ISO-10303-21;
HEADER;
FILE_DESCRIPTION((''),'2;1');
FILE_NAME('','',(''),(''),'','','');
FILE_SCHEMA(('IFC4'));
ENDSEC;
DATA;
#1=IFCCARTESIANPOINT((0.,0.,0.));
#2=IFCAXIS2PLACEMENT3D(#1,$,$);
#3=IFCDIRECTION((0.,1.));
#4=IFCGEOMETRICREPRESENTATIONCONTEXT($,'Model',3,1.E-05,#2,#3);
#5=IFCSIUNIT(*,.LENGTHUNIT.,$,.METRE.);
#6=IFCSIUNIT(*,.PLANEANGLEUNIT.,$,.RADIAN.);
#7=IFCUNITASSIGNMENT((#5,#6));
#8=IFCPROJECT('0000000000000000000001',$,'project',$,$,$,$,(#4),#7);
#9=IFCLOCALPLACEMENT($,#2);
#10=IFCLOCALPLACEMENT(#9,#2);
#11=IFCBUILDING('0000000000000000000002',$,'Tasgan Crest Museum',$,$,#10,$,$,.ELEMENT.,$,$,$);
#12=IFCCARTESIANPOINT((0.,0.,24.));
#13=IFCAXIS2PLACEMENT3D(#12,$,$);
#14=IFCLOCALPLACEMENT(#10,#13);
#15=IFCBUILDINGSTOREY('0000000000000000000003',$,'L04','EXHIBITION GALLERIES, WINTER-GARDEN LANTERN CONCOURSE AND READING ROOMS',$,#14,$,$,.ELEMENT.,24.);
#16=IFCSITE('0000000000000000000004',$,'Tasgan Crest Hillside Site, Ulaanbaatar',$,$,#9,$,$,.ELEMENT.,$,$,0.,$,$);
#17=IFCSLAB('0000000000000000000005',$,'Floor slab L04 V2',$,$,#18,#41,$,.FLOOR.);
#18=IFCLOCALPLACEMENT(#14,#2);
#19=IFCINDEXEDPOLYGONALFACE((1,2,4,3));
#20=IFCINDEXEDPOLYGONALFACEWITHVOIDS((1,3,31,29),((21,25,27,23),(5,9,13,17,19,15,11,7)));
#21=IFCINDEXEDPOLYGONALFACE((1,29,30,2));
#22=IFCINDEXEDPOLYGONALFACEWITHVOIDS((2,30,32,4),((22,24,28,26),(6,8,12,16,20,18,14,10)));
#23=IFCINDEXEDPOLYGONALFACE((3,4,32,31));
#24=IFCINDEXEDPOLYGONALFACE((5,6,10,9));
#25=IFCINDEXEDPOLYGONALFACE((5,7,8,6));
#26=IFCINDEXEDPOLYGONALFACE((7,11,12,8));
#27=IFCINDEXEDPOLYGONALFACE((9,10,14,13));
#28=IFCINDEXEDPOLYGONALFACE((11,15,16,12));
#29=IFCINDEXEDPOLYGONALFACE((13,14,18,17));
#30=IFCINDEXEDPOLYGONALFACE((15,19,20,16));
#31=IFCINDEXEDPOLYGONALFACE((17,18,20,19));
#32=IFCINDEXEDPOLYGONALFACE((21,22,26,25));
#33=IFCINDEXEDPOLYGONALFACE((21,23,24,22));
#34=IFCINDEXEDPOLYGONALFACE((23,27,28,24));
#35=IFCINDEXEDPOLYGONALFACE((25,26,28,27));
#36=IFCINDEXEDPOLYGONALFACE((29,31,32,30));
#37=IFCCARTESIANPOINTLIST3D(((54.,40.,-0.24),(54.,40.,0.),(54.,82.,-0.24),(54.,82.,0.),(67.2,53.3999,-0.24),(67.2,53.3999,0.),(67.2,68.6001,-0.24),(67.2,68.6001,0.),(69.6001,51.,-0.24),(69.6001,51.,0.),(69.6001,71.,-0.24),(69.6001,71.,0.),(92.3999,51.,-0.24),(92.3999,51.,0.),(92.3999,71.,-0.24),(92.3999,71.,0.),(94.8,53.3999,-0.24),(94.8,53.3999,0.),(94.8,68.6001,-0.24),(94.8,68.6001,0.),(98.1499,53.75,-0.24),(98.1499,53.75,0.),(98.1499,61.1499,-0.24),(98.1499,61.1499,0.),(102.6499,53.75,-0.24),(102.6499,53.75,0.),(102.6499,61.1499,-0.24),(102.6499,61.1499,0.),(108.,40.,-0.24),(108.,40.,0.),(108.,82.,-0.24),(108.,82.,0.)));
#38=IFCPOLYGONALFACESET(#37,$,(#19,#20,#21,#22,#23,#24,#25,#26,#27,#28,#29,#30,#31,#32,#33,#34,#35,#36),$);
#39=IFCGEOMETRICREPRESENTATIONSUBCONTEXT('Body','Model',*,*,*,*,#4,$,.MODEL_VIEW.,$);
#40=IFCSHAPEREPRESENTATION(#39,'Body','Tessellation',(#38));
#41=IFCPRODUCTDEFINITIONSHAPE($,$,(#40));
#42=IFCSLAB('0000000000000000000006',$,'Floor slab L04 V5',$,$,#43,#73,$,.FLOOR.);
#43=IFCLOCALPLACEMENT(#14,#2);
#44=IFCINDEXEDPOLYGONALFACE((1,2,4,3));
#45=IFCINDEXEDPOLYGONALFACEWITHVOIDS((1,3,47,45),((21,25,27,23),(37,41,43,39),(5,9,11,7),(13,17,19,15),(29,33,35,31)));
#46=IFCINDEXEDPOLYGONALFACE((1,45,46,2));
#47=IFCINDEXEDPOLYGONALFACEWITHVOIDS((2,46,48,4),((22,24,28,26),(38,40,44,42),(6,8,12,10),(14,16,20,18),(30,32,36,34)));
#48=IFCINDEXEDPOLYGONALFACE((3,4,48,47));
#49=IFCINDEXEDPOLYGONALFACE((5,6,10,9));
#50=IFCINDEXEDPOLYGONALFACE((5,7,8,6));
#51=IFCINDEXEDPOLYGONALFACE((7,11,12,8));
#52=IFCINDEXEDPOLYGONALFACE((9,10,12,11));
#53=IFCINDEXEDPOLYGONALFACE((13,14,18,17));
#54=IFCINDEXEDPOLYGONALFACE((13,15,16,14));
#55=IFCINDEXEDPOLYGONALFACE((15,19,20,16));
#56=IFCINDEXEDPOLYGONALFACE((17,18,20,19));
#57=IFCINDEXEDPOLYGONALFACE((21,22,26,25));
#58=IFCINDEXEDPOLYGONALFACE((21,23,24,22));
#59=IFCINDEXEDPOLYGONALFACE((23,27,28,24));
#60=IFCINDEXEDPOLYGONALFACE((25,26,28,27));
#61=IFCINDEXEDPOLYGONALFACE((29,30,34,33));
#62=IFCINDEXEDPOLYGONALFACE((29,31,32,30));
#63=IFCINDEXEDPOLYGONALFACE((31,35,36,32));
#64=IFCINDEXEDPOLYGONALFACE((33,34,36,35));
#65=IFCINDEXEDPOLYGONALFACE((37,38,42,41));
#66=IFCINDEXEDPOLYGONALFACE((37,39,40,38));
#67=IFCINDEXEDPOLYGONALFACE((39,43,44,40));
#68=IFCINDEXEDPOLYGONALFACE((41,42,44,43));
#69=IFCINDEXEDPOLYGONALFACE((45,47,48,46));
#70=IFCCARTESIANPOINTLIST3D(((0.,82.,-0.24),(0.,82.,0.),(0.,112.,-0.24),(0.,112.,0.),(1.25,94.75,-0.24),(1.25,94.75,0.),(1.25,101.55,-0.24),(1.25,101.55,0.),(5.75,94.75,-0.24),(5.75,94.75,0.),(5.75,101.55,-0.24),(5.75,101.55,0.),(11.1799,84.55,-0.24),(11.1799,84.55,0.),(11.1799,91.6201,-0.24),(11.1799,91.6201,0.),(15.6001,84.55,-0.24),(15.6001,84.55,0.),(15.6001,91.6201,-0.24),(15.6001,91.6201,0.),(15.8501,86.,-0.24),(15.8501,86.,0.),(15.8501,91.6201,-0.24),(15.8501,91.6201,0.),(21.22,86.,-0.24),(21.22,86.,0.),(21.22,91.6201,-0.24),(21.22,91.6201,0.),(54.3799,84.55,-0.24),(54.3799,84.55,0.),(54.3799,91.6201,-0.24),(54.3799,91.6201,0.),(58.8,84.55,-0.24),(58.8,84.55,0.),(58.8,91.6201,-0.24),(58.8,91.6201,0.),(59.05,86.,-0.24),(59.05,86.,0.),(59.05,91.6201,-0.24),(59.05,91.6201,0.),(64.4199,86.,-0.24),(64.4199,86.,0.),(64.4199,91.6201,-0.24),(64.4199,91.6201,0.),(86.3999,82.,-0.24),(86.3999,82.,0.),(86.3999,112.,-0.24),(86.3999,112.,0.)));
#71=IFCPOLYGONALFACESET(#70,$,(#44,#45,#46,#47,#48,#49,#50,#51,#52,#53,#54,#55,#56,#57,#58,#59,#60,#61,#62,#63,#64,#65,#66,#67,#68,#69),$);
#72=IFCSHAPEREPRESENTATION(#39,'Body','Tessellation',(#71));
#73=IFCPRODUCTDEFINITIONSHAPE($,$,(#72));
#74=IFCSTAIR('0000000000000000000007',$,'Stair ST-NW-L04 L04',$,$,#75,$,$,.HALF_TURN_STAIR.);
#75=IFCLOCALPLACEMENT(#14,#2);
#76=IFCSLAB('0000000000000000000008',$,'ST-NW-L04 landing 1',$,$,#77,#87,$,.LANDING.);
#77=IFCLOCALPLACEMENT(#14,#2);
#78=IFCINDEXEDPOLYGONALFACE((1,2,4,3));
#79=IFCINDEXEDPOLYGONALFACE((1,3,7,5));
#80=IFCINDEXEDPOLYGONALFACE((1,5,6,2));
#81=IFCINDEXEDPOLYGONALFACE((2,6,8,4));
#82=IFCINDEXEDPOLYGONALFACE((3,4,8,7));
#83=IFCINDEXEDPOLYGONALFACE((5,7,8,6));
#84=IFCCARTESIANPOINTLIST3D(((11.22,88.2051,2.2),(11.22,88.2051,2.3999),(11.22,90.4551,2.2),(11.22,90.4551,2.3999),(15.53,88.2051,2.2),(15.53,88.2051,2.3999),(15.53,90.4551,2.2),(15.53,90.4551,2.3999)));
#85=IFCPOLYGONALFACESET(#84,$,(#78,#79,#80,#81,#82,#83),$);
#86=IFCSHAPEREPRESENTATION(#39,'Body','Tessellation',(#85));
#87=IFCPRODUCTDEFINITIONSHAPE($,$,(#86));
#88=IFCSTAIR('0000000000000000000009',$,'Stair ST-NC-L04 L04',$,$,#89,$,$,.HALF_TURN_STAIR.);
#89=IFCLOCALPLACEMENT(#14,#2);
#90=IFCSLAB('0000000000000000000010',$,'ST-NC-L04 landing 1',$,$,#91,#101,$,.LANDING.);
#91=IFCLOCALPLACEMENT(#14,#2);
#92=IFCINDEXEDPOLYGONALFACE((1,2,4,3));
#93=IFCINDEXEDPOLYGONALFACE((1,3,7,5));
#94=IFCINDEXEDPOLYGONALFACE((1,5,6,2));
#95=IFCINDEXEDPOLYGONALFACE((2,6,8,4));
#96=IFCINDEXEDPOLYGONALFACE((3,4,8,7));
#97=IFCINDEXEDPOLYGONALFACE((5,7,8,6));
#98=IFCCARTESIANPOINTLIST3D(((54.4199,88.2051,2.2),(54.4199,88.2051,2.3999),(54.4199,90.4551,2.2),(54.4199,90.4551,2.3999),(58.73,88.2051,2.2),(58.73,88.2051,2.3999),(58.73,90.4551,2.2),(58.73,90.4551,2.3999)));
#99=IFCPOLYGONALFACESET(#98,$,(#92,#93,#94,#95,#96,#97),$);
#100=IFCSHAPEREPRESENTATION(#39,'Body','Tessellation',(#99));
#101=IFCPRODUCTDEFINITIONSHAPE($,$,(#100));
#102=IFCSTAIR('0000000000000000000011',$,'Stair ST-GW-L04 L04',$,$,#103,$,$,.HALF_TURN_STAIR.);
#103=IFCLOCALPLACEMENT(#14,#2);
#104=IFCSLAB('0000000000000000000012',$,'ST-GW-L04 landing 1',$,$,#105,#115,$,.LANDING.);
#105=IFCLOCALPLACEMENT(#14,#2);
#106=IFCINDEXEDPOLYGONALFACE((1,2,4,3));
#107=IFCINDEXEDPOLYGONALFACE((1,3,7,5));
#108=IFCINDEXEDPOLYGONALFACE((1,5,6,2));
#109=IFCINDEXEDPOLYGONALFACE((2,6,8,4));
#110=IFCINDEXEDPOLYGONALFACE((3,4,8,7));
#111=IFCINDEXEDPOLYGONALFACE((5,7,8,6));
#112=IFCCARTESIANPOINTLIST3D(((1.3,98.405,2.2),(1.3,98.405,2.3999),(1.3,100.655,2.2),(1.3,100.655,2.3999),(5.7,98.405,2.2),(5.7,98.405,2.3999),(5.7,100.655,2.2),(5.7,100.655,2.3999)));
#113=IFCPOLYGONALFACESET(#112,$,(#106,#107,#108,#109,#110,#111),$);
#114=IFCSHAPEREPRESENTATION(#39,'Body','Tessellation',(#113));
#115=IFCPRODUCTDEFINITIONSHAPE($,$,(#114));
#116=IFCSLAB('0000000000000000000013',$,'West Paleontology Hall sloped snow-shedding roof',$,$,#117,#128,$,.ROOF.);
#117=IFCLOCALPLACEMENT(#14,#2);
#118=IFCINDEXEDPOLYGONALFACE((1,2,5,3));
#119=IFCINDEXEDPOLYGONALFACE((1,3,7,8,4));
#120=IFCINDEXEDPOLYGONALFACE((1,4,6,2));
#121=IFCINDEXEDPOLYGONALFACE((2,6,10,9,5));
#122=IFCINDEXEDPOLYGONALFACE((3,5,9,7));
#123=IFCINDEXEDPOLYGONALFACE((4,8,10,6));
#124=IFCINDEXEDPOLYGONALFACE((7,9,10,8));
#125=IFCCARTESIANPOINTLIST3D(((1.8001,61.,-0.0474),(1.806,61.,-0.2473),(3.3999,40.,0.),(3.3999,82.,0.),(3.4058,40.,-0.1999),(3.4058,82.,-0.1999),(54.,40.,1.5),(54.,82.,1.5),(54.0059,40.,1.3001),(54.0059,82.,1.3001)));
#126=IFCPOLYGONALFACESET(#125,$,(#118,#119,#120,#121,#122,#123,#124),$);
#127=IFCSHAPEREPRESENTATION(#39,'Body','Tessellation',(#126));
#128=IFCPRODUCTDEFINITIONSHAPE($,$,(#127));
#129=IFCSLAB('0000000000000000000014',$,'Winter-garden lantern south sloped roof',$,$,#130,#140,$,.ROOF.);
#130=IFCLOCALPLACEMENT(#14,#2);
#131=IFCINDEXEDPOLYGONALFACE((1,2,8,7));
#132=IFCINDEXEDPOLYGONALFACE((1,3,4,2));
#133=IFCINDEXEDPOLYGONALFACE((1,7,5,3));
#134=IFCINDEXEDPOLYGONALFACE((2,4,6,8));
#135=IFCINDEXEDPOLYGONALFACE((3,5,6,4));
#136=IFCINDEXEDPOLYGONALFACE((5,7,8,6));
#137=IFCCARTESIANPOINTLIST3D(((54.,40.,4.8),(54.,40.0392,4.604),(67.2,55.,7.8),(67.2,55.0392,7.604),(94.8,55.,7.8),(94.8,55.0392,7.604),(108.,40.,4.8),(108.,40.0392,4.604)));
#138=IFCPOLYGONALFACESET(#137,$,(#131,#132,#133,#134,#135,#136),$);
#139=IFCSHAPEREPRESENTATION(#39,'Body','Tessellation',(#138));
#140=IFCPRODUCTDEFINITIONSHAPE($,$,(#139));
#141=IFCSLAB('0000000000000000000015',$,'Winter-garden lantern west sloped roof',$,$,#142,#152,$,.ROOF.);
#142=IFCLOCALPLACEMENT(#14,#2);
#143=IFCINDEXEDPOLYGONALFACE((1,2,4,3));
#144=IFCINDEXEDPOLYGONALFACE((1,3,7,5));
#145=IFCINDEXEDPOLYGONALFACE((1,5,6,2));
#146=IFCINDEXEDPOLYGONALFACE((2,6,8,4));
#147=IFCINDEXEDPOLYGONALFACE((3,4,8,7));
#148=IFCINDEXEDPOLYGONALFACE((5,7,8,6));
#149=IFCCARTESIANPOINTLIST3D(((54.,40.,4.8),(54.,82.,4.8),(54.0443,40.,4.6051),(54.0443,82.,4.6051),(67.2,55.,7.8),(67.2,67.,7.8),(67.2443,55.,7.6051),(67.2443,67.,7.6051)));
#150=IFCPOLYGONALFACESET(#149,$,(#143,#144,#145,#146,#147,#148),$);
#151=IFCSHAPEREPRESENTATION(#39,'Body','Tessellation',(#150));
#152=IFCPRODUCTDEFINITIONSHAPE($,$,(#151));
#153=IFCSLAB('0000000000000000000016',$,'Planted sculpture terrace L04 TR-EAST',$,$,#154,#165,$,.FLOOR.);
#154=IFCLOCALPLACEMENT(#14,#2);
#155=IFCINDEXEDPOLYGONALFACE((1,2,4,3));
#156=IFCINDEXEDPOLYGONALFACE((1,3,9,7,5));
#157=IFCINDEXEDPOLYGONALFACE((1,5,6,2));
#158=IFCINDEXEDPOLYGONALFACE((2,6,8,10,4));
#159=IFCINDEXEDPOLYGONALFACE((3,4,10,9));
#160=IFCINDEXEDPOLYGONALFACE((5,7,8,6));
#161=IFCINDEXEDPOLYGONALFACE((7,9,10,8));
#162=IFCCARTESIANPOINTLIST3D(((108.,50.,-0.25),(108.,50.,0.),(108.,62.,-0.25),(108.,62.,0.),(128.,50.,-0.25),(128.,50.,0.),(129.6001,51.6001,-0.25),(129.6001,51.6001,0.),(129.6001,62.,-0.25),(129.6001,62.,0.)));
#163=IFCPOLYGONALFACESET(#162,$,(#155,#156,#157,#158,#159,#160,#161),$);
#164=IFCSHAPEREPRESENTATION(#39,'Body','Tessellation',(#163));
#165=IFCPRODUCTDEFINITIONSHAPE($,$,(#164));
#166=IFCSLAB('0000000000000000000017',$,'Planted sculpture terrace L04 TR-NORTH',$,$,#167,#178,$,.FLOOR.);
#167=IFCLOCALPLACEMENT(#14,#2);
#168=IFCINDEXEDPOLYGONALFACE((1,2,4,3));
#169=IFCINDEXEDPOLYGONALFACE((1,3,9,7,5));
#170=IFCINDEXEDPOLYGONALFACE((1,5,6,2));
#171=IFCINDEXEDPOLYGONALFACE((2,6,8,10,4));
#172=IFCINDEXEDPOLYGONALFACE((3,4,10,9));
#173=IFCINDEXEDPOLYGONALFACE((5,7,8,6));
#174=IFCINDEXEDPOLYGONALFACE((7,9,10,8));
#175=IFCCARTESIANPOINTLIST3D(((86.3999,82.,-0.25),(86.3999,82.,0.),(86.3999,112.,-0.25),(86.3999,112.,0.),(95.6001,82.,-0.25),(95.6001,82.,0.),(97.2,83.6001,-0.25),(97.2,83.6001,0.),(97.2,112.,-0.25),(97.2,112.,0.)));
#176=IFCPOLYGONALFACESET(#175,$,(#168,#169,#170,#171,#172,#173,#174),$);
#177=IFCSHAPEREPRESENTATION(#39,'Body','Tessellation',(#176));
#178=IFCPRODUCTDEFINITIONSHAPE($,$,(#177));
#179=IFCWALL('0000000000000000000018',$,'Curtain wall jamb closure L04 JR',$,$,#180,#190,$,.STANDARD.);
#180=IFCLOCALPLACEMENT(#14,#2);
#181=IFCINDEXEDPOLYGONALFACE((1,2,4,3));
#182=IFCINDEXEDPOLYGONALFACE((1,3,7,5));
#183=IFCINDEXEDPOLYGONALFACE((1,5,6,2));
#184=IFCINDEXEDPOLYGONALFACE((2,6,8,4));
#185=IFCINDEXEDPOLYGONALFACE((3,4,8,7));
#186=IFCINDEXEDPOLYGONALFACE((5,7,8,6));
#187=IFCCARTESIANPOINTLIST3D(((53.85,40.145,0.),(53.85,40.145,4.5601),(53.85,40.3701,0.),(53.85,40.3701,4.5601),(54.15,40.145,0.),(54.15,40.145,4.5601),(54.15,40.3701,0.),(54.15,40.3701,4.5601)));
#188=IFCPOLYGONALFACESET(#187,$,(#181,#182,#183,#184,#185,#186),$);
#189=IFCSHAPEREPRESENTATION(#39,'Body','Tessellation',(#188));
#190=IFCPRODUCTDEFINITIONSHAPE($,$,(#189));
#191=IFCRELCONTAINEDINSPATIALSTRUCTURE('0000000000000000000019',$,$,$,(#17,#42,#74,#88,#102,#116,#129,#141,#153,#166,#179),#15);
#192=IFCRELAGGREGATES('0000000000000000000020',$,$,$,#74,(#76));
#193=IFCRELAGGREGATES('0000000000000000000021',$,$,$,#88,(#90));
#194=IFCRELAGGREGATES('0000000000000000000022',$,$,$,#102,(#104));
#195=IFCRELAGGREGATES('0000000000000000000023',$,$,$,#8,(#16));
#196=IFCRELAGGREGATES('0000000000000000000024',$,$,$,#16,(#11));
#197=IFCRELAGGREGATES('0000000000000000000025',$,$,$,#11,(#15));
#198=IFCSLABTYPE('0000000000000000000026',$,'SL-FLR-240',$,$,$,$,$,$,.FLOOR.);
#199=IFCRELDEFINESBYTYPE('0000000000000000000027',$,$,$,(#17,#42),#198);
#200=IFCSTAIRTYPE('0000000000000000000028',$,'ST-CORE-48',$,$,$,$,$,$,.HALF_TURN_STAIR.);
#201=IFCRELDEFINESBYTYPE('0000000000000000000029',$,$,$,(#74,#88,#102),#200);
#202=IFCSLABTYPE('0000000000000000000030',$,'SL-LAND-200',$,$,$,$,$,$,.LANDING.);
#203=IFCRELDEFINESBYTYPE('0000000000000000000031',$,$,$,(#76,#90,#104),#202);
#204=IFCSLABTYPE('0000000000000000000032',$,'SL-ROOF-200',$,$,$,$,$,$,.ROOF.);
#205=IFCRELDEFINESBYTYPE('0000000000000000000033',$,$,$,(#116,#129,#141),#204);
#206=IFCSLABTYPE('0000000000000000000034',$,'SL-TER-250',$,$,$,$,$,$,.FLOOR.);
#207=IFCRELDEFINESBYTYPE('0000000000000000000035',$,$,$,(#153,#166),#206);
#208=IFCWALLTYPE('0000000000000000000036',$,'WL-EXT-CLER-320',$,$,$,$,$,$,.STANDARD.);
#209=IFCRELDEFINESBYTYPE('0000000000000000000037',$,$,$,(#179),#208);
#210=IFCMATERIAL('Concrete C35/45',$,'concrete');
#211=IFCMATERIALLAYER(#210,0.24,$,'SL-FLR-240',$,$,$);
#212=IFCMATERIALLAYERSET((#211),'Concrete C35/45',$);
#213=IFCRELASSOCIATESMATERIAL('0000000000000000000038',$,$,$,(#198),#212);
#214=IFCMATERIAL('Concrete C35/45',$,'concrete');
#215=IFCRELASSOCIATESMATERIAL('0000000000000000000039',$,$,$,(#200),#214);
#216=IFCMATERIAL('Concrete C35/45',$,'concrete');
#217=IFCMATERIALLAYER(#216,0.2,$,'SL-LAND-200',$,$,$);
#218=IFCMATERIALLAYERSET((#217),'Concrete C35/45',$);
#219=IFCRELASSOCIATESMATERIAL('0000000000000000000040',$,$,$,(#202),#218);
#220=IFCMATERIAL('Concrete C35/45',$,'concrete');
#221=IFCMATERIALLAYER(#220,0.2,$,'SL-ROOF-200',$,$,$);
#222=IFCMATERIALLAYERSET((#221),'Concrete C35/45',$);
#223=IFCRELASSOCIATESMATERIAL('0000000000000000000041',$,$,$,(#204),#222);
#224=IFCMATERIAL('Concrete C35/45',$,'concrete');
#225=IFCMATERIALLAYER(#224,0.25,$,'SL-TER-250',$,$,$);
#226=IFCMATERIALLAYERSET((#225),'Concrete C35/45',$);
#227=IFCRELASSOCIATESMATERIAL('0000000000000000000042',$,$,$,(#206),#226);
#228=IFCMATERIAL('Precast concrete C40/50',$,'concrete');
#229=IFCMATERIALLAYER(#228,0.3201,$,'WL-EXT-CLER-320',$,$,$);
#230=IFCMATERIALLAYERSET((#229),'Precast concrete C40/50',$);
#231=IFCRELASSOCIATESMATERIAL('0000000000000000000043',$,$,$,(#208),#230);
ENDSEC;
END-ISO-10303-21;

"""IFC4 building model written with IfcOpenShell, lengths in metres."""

from ifc_helpers import new_model, si_unit, direction, frame, frame_2d, origin, place, context, subcontext, project, spatial, polyline, rectangle, outline, extrude, material, layer, layer_set, type_object, element, aggregate, save


model = new_model("IFC4")

# Units and contexts
model_context = context("Model", 3, precision=1e-05, world=origin(), true_north=direction((0.0, 1.0)))
body_context = subcontext(model_context, "Body", "Model", "MODEL_VIEW")
ifc_project = project(units=[si_unit("LENGTHUNIT", "METRE"), si_unit("PLANEANGLEUNIT", "RADIAN")], contexts=[model_context])

# Site, building, storey
site_placement = place(None, origin())
site = spatial("IfcSite", under=ifc_project, at=site_placement, Name="Tasgan Crest Hillside Site, Ulaanbaatar", CompositionType="ELEMENT", RefElevation=0.0)
building_placement = place(site_placement, origin())
building = spatial("IfcBuilding", under=site, at=building_placement, Name="Tasgan Crest Museum", CompositionType="ELEMENT")
storey_placement = place(building_placement, frame((0.0, 0.0, 24.0)))
storey = spatial("IfcBuildingStorey", under=building, at=storey_placement, Name="L04", Description="EXHIBITION GALLERIES, WINTER-GARDEN LANTERN CONCOURSE AND READING ROOMS", CompositionType="ELEMENT", Elevation=24.0)

# Slabs
ifc_material_1 = material(Name="Concrete C35/45", Category="concrete")
ifc_layer_1 = layer(ifc_material_1, 0.24, Name="SL-FLR-240")
ifc_layer_set_1 = layer_set([ifc_layer_1], Name="Concrete C35/45")
slab_type_1 = type_object("IfcSlabType", Name="SL-FLR-240", PredefinedType="FLOOR", material=ifc_layer_set_1)
slab_1_placement = place(storey_placement, frame((0.0, 0.0, -0.24)))
element("IfcSlab", 1, at=slab_1_placement, inside=storey, type_object=slab_type_1, Name="Floor slab L04 V2", PredefinedType="FLOOR", context=body_context, shape_type="SweptSolid", body=[
    extrude(outline(polyline([(54.0, 40.0), (108.0, 40.0), (108.0, 82.0), (54.0, 82.0), (54.0, 40.0)]), holes=[polyline([(69.6001, 51.0), (92.3999, 51.0), (94.8, 53.3999), (94.8, 68.6001), (92.3999, 71.0), (69.6001, 71.0), (67.2, 68.6001), (67.2, 53.3999), (69.6001, 51.0)]), polyline([(98.1499, 53.75), (102.6499, 53.75), (102.6499, 61.1499), (98.1499, 61.1499), (98.1499, 53.75)])]), origin(), (0.0, 0.0, 1.0), 0.24),
])
slab_2_placement = place(storey_placement, frame((0.0, 0.0, -0.24)))
element("IfcSlab", 2, at=slab_2_placement, inside=storey, type_object=slab_type_1, Name="Floor slab L04 V5", PredefinedType="FLOOR", context=body_context, shape_type="SweptSolid", body=[
    extrude(outline(polyline([(0.0, 82.0), (86.3999, 82.0), (86.3999, 112.0), (0.0, 112.0), (0.0, 82.0)]), holes=[polyline([(11.1799, 84.55), (15.6001, 84.55), (15.6001, 91.6201), (11.1799, 91.6201), (11.1799, 84.55)]), polyline([(15.8501, 86.0), (21.22, 86.0), (21.22, 91.6201), (15.8501, 91.6201), (15.8501, 86.0)]), polyline([(54.3799, 84.55), (58.8, 84.55), (58.8, 91.6201), (54.3799, 91.6201), (54.3799, 84.55)]), polyline([(59.05, 86.0), (64.4199, 86.0), (64.4199, 91.6201), (59.05, 91.6201), (59.05, 86.0)]), polyline([(1.25, 94.75), (5.75, 94.75), (5.75, 101.55), (1.25, 101.55), (1.25, 94.75)])]), origin(), (0.0, 0.0, 1.0), 0.24),
])

# Stairs, slabs
ifc_material_2 = material(Name="Concrete C35/45", Category="concrete")
stair_type = type_object("IfcStairType", Name="ST-CORE-48", PredefinedType="HALF_TURN_STAIR", material=ifc_material_2)
stair_1_placement = place(storey_placement, origin())
stair_1 = element("IfcStair", 3, at=stair_1_placement, inside=storey, type_object=stair_type, Name="Stair ST-NW-L04 L04", PredefinedType="HALF_TURN_STAIR")
ifc_material_3 = material(Name="Concrete C35/45", Category="concrete")
ifc_layer_2 = layer(ifc_material_3, 0.2, Name="SL-LAND-200")
ifc_layer_set_2 = layer_set([ifc_layer_2], Name="Concrete C35/45")
slab_type_2 = type_object("IfcSlabType", Name="SL-LAND-200", PredefinedType="LANDING", material=ifc_layer_set_2)
slab_3_placement = place(storey_placement, frame((0.0, 0.0, 2.2)))
slab_3 = element("IfcSlab", 4, at=slab_3_placement, type_object=slab_type_2, Name="ST-NW-L04 landing 1", PredefinedType="LANDING", context=body_context, shape_type="SweptSolid", body=[
    extrude(outline(polyline([(11.22, 88.2051), (15.53, 88.2051), (15.53, 90.4551), (11.22, 90.4551), (11.22, 88.2051)])), origin(), (0.0, 0.0, 1.0), 0.2),
])
aggregate(stair_1, [slab_3])
stair_2_placement = place(storey_placement, origin())
stair_2 = element("IfcStair", 5, at=stair_2_placement, inside=storey, type_object=stair_type, Name="Stair ST-NC-L04 L04", PredefinedType="HALF_TURN_STAIR")
slab_4_placement = place(storey_placement, frame((0.0, 0.0, 2.2)))
slab_4 = element("IfcSlab", 6, at=slab_4_placement, type_object=slab_type_2, Name="ST-NC-L04 landing 1", PredefinedType="LANDING", context=body_context, shape_type="SweptSolid", body=[
    extrude(outline(polyline([(54.4199, 88.2051), (58.73, 88.2051), (58.73, 90.4551), (54.4199, 90.4551), (54.4199, 88.2051)])), origin(), (0.0, 0.0, 1.0), 0.2),
])
aggregate(stair_2, [slab_4])
stair_3_placement = place(storey_placement, origin())
stair_3 = element("IfcStair", 7, at=stair_3_placement, inside=storey, type_object=stair_type, Name="Stair ST-GW-L04 L04", PredefinedType="HALF_TURN_STAIR")
slab_5_placement = place(storey_placement, frame((0.0, 0.0, 2.2)))
slab_5 = element("IfcSlab", 8, at=slab_5_placement, type_object=slab_type_2, Name="ST-GW-L04 landing 1", PredefinedType="LANDING", context=body_context, shape_type="SweptSolid", body=[
    extrude(outline(polyline([(1.3, 98.405), (5.7, 98.405), (5.7, 100.655), (1.3, 100.655), (1.3, 98.405)])), origin(), (0.0, 0.0, 1.0), 0.2),
])
aggregate(stair_3, [slab_5])

# Slabs
ifc_material_4 = material(Name="Concrete C35/45", Category="concrete")
ifc_layer_3 = layer(ifc_material_4, 0.2, Name="SL-ROOF-200")
ifc_layer_set_3 = layer_set([ifc_layer_3], Name="Concrete C35/45")
slab_type_3 = type_object("IfcSlabType", Name="SL-ROOF-200", PredefinedType="ROOF", material=ifc_layer_set_3)
slab_6_placement = place(storey_placement, frame((3.3999, 40.0, 0.0), z_axis=(-0.029631, 0.0, 0.999561), x_axis=(0.999561, 0.0, 0.029631)))
element("IfcSlab", 9, at=slab_6_placement, inside=storey, type_object=slab_type_3, Name="West Paleontology Hall sloped snow-shedding roof", PredefinedType="ROOF", context=body_context, shape_type="SweptSolid", body=[
    extrude(outline(polyline([(0.0, 0.0), (50.6223, 0.0), (50.6223, 42.0), (0.0, 42.0), (-1.6006, 21.0), (0.0, 0.0)])), origin(), (0.0, 0.0, -1.0), 0.2),
])
slab_7_placement = place(storey_placement, frame((54.0, 40.0, 4.8), z_axis=(0.0, -0.196116, 0.980581), x_axis=(1.0, 0.0, 0.0)))
element("IfcSlab", 10, at=slab_7_placement, inside=storey, type_object=slab_type_3, Name="Winter-garden lantern south sloped roof", PredefinedType="ROOF", context=body_context, shape_type="SweptSolid", body=[
    extrude(outline(polyline([(0.0, 0.0), (54.0, 0.0), (40.8, 15.2971), (13.2, 15.2971), (0.0, 0.0)])), origin(), (0.0, 0.0, -1.0), 0.2),
])
slab_8_placement = place(storey_placement, frame((54.0, 40.0, 4.8), z_axis=(-0.221622, 0.0, 0.975133), x_axis=(0.653304, 0.742394, 0.148479)))
element("IfcSlab", 11, at=slab_8_placement, inside=storey, type_object=slab_type_3, Name="Winter-garden lantern west sloped roof", PredefinedType="ROOF", context=body_context, shape_type="SweptSolid", body=[
    extrude(outline(polyline([(0.0, 0.0), (20.2049, 0.0), (29.1136, 8.0396), (31.1805, 28.1385), (0.0, 0.0)])), origin(), (0.0, 0.0, -1.0), 0.2),
])
ifc_material_5 = material(Name="Concrete C35/45", Category="concrete")
ifc_layer_4 = layer(ifc_material_5, 0.25, Name="SL-TER-250")
ifc_layer_set_4 = layer_set([ifc_layer_4], Name="Concrete C35/45")
slab_type_4 = type_object("IfcSlabType", Name="SL-TER-250", PredefinedType="FLOOR", material=ifc_layer_set_4)
slab_9_placement = place(storey_placement, frame((0.0, 0.0, -0.25)))
element("IfcSlab", 12, at=slab_9_placement, inside=storey, type_object=slab_type_4, Name="Planted sculpture terrace L04 TR-EAST", PredefinedType="FLOOR", context=body_context, shape_type="SweptSolid", body=[
    extrude(outline(polyline([(108.0, 50.0), (128.0, 50.0), (129.6001, 51.6001), (129.6001, 62.0), (108.0, 62.0), (108.0, 50.0)])), origin(), (0.0, 0.0, 1.0), 0.25),
])
slab_10_placement = place(storey_placement, frame((0.0, 0.0, -0.25)))
element("IfcSlab", 13, at=slab_10_placement, inside=storey, type_object=slab_type_4, Name="Planted sculpture terrace L04 TR-NORTH", PredefinedType="FLOOR", context=body_context, shape_type="SweptSolid", body=[
    extrude(outline(polyline([(86.3999, 82.0), (95.6001, 82.0), (97.2, 83.6001), (97.2, 112.0), (86.3999, 112.0), (86.3999, 82.0)])), origin(), (0.0, 0.0, 1.0), 0.25),
])

# Wall
ifc_material_6 = material(Name="Precast concrete C40/50", Category="concrete")
ifc_layer_5 = layer(ifc_material_6, 0.3201, Name="WL-EXT-CLER-320")
ifc_layer_set_5 = layer_set([ifc_layer_5], Name="Precast concrete C40/50")
wall_type_1 = type_object("IfcWallType", Name="WL-EXT-CLER-320", PredefinedType="STANDARD", material=ifc_layer_set_5)
wall_1_placement = place(storey_placement, frame((54.0, 40.3701, 0.0), z_axis=(0.0, 0.0, 1.0), x_axis=(0.0, -1.0, 0.0)))
element("IfcWall", 14, at=wall_1_placement, inside=storey, type_object=wall_type_1, Name="Curtain wall jamb closure L04 JR", PredefinedType="STANDARD", context=body_context, shape_type="SweptSolid", body=[
    extrude(rectangle(XDim=0.2251, YDim=0.3, at=frame_2d((0.1125, 0.0))), origin(), (0.0, 0.0, 1.0), 4.5601),
])

save(model, "model.ifc")
